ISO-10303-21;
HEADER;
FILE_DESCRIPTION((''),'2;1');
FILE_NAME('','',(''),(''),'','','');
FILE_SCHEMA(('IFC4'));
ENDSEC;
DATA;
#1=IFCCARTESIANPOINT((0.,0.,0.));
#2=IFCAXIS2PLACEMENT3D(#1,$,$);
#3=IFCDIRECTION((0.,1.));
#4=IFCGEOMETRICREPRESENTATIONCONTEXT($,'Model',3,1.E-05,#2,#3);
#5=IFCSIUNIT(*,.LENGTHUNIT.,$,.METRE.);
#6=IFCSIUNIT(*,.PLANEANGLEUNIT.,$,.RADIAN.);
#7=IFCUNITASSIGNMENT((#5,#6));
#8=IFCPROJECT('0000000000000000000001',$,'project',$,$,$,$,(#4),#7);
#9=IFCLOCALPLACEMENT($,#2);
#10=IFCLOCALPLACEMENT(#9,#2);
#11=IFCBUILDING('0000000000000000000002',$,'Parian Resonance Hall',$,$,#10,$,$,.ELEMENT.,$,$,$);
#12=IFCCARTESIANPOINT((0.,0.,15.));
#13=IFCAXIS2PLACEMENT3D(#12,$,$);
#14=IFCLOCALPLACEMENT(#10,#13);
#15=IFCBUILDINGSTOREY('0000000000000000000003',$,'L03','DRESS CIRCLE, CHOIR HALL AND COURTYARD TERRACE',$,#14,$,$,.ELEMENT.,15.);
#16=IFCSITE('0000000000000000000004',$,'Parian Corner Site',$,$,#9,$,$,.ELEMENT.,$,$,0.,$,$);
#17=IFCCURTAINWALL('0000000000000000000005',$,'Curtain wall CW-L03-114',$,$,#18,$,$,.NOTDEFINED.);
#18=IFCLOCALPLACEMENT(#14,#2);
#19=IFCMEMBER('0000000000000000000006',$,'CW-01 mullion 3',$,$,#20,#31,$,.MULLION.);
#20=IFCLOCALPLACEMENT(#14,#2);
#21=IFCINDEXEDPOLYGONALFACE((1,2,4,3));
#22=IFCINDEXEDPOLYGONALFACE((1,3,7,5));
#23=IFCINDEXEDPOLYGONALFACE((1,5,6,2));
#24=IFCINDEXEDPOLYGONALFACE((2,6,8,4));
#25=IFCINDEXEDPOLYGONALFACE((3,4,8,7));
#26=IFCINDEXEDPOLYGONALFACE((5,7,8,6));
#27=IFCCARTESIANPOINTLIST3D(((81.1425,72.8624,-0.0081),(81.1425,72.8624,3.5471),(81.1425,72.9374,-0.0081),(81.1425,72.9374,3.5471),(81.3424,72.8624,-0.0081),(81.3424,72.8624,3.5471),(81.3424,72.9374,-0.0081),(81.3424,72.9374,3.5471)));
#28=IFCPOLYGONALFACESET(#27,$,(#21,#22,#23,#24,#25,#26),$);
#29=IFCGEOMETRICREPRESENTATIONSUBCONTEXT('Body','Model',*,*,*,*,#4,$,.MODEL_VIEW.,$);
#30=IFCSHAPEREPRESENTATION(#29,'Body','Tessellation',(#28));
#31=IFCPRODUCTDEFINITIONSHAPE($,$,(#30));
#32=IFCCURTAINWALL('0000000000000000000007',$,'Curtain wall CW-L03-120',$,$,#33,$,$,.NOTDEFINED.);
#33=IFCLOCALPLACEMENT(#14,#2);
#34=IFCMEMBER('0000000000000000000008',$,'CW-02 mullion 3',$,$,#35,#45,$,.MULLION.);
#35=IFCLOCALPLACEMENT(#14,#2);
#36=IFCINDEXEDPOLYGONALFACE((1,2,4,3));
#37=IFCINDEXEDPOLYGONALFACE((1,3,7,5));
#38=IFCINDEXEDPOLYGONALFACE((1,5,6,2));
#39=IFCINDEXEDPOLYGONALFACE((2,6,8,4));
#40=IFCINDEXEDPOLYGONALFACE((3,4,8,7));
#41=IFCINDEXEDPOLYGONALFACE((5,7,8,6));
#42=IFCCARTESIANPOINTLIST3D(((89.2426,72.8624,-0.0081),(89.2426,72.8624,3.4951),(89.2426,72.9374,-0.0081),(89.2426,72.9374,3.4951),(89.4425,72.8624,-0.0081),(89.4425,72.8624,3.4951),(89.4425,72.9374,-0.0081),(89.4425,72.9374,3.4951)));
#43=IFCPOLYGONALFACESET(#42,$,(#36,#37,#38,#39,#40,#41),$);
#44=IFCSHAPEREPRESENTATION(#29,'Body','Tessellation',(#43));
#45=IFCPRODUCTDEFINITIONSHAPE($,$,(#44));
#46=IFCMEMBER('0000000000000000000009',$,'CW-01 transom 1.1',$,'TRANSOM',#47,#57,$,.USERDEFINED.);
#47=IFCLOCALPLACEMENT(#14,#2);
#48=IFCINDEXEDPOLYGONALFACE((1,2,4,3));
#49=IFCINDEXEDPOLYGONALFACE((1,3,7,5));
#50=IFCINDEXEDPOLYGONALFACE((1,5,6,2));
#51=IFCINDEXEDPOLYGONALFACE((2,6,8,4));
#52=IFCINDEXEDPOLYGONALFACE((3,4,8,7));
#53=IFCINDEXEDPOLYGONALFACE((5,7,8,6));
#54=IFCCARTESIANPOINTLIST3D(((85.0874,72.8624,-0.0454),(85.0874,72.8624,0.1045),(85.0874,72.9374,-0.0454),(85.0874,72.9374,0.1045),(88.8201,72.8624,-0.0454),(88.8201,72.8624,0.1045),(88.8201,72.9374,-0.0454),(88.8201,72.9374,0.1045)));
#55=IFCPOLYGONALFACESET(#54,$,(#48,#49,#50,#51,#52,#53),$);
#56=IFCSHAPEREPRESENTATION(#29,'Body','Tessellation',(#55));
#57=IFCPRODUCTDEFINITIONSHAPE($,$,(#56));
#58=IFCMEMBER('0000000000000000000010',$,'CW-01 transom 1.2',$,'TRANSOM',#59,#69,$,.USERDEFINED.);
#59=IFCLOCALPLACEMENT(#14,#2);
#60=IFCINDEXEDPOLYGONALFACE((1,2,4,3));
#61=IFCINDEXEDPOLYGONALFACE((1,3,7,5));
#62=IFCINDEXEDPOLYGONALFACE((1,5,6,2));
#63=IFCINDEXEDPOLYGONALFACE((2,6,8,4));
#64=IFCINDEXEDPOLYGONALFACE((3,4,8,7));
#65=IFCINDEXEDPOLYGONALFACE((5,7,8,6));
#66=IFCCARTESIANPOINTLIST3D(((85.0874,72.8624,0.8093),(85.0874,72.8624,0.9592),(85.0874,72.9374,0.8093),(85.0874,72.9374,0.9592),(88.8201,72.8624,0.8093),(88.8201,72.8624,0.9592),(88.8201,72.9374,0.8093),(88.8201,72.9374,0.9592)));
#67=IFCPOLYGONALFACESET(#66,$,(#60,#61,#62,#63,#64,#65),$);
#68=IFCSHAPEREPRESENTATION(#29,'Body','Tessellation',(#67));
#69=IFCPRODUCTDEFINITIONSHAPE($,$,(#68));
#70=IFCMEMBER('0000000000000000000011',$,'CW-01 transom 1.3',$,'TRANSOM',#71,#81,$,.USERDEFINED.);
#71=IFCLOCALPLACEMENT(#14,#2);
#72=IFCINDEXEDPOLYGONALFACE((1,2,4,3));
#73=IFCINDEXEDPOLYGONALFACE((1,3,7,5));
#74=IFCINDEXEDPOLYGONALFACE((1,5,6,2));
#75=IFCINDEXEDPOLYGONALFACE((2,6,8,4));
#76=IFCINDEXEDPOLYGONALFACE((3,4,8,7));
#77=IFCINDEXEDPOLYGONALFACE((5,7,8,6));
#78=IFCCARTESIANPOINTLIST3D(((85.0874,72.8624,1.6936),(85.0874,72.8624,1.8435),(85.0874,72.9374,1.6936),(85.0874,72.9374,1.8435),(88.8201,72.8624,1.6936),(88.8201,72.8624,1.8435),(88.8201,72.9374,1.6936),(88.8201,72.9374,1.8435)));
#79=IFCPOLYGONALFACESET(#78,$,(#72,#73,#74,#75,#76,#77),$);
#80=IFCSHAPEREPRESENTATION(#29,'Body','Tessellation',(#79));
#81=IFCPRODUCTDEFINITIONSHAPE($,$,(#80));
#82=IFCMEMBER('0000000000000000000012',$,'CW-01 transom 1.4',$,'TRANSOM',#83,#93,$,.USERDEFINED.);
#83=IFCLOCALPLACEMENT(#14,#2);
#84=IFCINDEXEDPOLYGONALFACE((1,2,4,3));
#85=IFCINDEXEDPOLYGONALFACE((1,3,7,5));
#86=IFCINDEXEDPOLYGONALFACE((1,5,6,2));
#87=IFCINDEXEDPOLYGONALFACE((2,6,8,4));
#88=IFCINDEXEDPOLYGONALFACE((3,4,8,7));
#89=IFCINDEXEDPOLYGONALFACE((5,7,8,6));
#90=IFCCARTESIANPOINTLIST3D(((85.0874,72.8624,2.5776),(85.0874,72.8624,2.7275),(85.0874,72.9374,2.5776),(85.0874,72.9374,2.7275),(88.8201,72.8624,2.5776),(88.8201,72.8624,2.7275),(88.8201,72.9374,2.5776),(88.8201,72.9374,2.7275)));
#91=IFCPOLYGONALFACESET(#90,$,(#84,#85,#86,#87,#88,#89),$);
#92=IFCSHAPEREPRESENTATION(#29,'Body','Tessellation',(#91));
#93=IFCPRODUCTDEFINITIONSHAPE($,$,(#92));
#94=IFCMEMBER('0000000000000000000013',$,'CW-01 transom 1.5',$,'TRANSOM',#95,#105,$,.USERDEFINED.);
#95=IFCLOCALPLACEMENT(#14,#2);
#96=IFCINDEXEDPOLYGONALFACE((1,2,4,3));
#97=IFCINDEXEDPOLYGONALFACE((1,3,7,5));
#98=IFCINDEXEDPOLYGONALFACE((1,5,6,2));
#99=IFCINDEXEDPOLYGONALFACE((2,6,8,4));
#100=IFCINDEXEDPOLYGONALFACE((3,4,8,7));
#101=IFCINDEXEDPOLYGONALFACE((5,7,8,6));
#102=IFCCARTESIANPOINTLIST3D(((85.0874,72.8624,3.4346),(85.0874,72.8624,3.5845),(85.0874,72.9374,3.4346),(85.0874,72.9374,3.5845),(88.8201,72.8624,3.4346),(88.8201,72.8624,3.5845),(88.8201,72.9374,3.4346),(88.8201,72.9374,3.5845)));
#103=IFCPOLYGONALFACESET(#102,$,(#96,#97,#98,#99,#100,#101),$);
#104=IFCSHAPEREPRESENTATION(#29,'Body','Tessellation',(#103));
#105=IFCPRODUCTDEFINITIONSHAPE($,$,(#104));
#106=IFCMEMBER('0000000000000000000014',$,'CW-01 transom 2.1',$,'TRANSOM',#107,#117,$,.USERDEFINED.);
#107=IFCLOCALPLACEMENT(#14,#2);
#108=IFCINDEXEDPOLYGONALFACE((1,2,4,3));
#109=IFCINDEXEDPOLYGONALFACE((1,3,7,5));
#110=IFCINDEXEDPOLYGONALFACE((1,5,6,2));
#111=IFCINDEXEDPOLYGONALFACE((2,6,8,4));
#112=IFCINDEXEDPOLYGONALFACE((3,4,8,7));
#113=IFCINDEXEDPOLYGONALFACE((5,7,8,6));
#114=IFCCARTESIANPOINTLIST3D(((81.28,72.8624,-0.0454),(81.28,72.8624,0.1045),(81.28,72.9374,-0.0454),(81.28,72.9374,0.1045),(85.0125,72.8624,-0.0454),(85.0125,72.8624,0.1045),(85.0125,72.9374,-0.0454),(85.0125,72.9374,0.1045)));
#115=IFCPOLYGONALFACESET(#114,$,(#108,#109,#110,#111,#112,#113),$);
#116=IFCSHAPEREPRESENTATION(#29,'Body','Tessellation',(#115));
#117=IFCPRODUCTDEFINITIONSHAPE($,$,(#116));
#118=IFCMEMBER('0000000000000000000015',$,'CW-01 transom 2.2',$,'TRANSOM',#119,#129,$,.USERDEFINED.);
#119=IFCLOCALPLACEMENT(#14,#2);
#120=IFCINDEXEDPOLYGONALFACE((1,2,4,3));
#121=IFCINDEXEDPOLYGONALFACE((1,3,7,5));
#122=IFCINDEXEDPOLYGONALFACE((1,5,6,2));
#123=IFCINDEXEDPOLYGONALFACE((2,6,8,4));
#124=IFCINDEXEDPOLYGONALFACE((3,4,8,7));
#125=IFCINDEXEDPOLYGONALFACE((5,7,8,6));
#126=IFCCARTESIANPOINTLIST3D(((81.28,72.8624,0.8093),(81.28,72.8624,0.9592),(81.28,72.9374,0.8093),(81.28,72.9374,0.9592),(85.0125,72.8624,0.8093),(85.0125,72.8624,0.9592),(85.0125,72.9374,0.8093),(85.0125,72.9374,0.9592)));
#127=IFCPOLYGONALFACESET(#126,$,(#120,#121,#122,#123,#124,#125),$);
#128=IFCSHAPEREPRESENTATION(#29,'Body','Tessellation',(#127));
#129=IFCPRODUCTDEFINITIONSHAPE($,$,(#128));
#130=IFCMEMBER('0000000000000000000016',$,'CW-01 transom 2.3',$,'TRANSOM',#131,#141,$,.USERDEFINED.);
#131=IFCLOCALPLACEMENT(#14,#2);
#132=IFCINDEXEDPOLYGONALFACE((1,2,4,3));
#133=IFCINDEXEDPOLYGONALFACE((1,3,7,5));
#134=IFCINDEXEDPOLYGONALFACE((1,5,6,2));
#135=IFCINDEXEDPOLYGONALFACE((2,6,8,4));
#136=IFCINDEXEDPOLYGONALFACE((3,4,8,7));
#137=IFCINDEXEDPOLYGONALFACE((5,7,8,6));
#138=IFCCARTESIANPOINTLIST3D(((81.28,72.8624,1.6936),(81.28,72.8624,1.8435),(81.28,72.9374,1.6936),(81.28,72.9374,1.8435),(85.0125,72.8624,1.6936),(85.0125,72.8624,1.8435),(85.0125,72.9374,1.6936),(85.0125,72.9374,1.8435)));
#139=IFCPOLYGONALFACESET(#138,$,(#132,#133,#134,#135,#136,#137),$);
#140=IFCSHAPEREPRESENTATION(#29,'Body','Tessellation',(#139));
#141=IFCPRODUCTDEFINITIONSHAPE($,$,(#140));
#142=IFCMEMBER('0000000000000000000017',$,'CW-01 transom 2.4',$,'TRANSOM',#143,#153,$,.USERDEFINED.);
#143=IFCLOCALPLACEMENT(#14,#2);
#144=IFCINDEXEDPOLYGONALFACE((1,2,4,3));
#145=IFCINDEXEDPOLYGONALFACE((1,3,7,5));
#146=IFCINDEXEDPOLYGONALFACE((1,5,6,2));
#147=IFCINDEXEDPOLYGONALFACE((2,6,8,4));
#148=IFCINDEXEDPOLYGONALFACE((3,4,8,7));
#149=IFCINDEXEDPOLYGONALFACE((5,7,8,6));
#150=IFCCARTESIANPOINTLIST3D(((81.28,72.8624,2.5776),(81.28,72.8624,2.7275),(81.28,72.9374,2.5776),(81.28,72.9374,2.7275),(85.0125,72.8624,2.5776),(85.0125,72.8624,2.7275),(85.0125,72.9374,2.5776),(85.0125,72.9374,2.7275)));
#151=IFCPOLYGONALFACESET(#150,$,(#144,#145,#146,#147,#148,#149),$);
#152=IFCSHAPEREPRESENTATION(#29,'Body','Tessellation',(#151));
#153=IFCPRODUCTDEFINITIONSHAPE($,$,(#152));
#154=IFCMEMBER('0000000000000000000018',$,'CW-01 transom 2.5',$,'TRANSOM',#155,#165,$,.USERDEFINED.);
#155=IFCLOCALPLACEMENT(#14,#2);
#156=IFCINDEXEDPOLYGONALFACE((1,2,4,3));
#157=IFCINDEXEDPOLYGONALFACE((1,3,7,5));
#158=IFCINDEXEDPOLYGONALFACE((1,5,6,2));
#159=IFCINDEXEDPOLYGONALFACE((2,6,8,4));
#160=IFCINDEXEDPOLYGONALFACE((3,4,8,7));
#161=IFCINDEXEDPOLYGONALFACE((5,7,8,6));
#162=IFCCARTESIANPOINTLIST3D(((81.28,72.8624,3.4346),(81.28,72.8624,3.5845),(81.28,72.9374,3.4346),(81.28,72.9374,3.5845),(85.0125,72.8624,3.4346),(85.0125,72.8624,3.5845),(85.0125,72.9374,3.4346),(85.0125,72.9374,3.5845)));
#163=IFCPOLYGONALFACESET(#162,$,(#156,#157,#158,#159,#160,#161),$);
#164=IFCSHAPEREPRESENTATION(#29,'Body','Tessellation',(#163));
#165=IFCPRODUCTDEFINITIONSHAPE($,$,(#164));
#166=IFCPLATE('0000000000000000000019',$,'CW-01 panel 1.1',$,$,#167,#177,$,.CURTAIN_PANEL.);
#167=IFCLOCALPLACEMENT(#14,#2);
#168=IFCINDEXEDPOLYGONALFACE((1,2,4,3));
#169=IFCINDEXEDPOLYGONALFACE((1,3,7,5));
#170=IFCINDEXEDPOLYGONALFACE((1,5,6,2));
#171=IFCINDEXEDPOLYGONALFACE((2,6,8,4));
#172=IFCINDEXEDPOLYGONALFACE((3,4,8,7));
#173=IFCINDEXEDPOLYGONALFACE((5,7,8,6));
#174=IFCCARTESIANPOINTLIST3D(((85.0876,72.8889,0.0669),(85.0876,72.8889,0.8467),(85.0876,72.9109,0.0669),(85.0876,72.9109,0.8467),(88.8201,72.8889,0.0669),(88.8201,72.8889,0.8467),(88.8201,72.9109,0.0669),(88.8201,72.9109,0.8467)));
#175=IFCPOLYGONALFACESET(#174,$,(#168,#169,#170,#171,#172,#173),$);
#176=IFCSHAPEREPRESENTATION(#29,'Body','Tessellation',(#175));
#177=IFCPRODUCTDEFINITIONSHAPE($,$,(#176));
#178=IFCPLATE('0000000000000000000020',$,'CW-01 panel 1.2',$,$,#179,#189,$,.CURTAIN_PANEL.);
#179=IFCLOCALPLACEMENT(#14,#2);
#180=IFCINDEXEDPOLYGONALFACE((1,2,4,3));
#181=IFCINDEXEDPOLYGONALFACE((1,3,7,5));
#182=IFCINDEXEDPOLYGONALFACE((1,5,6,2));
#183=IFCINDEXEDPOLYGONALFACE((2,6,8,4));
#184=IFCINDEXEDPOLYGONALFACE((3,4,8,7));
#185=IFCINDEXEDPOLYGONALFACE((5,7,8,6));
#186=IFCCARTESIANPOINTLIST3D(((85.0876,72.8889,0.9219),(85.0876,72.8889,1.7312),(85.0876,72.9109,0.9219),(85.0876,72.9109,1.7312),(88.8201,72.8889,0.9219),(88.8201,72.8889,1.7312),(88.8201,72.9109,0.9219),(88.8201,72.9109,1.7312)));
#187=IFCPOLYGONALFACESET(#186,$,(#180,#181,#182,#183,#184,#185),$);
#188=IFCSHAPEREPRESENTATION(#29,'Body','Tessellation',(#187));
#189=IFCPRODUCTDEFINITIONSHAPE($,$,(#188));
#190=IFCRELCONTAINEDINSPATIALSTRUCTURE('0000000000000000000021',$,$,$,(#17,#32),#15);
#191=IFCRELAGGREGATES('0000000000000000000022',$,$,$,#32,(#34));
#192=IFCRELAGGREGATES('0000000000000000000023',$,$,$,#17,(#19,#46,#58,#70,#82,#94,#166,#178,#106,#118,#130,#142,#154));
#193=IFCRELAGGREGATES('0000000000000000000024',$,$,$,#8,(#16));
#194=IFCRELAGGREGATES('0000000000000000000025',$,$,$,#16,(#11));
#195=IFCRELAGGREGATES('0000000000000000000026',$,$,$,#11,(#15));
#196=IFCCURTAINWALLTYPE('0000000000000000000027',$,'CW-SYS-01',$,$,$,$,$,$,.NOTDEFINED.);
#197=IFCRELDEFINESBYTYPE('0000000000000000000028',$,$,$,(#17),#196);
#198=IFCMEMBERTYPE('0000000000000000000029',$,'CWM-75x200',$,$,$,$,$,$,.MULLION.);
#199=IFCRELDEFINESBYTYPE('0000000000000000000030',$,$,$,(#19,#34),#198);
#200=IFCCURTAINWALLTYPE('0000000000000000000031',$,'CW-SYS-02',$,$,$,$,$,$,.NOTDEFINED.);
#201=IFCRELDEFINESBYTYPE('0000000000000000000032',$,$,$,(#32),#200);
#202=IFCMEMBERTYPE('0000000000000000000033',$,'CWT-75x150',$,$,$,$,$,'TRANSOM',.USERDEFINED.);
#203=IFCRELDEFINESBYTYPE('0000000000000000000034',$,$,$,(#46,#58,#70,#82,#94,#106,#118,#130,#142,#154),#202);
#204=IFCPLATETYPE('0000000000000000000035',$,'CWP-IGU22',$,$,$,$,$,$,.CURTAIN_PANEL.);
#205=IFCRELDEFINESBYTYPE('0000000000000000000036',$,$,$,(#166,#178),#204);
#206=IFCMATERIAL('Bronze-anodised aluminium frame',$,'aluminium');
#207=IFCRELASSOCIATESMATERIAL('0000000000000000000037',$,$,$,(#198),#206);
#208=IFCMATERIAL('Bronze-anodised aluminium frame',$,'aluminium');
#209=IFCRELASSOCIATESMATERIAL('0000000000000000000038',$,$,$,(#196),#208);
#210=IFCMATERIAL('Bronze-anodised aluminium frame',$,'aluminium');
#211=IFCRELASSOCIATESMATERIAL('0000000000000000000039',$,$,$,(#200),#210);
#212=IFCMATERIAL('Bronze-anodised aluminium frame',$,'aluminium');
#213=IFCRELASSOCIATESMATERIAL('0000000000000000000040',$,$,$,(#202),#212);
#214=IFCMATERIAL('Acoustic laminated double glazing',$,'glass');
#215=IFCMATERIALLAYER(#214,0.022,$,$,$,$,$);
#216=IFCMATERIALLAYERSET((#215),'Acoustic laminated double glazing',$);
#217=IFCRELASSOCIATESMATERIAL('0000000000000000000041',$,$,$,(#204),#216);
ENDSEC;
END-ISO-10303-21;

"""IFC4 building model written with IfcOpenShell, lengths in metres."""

from ifc_helpers import new_model, si_unit, direction, frame, origin, origin_2d, place, context, subcontext, project, spatial, rectangle, extrude, material, layer, layer_set, material_profile, profile_set, type_object, element, aggregate, save


model = new_model("IFC4")

# Units and contexts
model_context = context("Model", 3, precision=1e-05, world=origin(), true_north=direction((0.0, 1.0)))
body_context = subcontext(model_context, "Body", "Model", "MODEL_VIEW")
ifc_project = project(units=[si_unit("LENGTHUNIT", "METRE"), si_unit("PLANEANGLEUNIT", "RADIAN")], contexts=[model_context])

# Site, building, storey
site_placement = place(None, origin())
site = spatial("IfcSite", under=ifc_project, at=site_placement, Name="Parian Corner Site", CompositionType="ELEMENT", RefElevation=0.0)
building_placement = place(site_placement, origin())
building = spatial("IfcBuilding", under=site, at=building_placement, Name="Parian Resonance Hall", CompositionType="ELEMENT")
storey_placement = place(building_placement, frame((0.0, 0.0, 15.0)))
storey = spatial("IfcBuildingStorey", under=building, at=storey_placement, Name="L03", Description="DRESS CIRCLE, CHOIR HALL AND COURTYARD TERRACE", CompositionType="ELEMENT", Elevation=15.0)

# Shared definitions
ifc_material_1 = material(Name="Bronze-anodised aluminium frame", Category="aluminium")
ifc_material_profile_1 = material_profile(ifc_material_1, rectangle(XDim=0.075, YDim=0.2, at=origin_2d()), Name="CWM-75x200")
ifc_profile_set_1 = profile_set([ifc_material_profile_1], Name="Bronze-anodised aluminium frame")
member_type_1 = type_object("IfcMemberType", Name="CWM-75x200", PredefinedType="MULLION", material=ifc_profile_set_1)

# Curtain wall, member
ifc_material_2 = material(Name="Bronze-anodised aluminium frame", Category="aluminium")
curtain_wall_type_1 = type_object("IfcCurtainWallType", Name="CW-SYS-01", PredefinedType="NOTDEFINED", material=ifc_material_2)
curtain_wall_1_placement = place(storey_placement, origin())
curtain_wall_1 = element("IfcCurtainWall", 1, at=curtain_wall_1_placement, inside=storey, type_object=curtain_wall_type_1, Name="Curtain wall CW-L03-114", PredefinedType="NOTDEFINED")
member_1_placement = place(storey_placement, frame((81.2424, 72.8999, -0.0081), z_axis=(0.0, 0.0, 1.0), x_axis=(0.0, -1.0, 0.0)))
member_1 = element("IfcMember", 2, at=member_1_placement, type_object=member_type_1, Name="CW-01 mullion 3", PredefinedType="MULLION", context=body_context, shape_type="SweptSolid", body=[
    extrude(rectangle(XDim=0.075, YDim=0.2, at=origin_2d()), origin(), (0.0, 0.0, 1.0), 3.5552),
])

# Curtain wall, member
ifc_material_3 = material(Name="Bronze-anodised aluminium frame", Category="aluminium")
curtain_wall_type_2 = type_object("IfcCurtainWallType", Name="CW-SYS-02", PredefinedType="NOTDEFINED", material=ifc_material_3)
curtain_wall_2_placement = place(storey_placement, origin())
curtain_wall_2 = element("IfcCurtainWall", 3, at=curtain_wall_2_placement, inside=storey, type_object=curtain_wall_type_2, Name="Curtain wall CW-L03-120", PredefinedType="NOTDEFINED")
member_2_placement = place(storey_placement, frame((89.3425, 72.8999, -0.0081), z_axis=(0.0, 0.0, 1.0), x_axis=(0.0, -1.0, 0.0)))
member_2 = element("IfcMember", 4, at=member_2_placement, type_object=member_type_1, Name="CW-02 mullion 3", PredefinedType="MULLION", context=body_context, shape_type="SweptSolid", body=[
    extrude(rectangle(XDim=0.075, YDim=0.2, at=origin_2d()), origin(), (0.0, 0.0, 1.0), 3.5032),
])
aggregate(curtain_wall_2, [member_2])

# Members
ifc_material_4 = material(Name="Bronze-anodised aluminium frame", Category="aluminium")
ifc_material_profile_2 = material_profile(ifc_material_4, rectangle(XDim=0.075, YDim=0.1499, at=origin_2d()), Name="CWT-75x150")
ifc_profile_set_2 = profile_set([ifc_material_profile_2], Name="Bronze-anodised aluminium frame")
member_type_2 = type_object("IfcMemberType", Name="CWT-75x150", ElementType="TRANSOM", PredefinedType="USERDEFINED", material=ifc_profile_set_2)
member_3_placement = place(storey_placement, frame((88.8201, 72.8999, 0.0295), z_axis=(-1.0, 0.0, 0.0), x_axis=(0.0, -1.0, 0.0)))
member_3 = element("IfcMember", 5, at=member_3_placement, type_object=member_type_2, Name="CW-01 transom 1.1", ObjectType="TRANSOM", PredefinedType="USERDEFINED", context=body_context, shape_type="SweptSolid", body=[
    extrude(rectangle(XDim=0.075, YDim=0.1499, at=origin_2d()), origin(), (0.0, 0.0, 1.0), 3.7327),
])
member_4_placement = place(storey_placement, frame((88.8201, 72.8999, 0.8843), z_axis=(-1.0, 0.0, 0.0), x_axis=(0.0, -1.0, 0.0)))
member_4 = element("IfcMember", 6, at=member_4_placement, type_object=member_type_2, Name="CW-01 transom 1.2", ObjectType="TRANSOM", PredefinedType="USERDEFINED", context=body_context, shape_type="SweptSolid", body=[
    extrude(rectangle(XDim=0.075, YDim=0.1499, at=origin_2d()), origin(), (0.0, 0.0, 1.0), 3.7327),
])
member_5_placement = place(storey_placement, frame((88.8201, 72.8999, 1.7686), z_axis=(-1.0, 0.0, 0.0), x_axis=(0.0, -1.0, 0.0)))
member_5 = element("IfcMember", 7, at=member_5_placement, type_object=member_type_2, Name="CW-01 transom 1.3", ObjectType="TRANSOM", PredefinedType="USERDEFINED", context=body_context, shape_type="SweptSolid", body=[
    extrude(rectangle(XDim=0.075, YDim=0.1499, at=origin_2d()), origin(), (0.0, 0.0, 1.0), 3.7327),
])
member_6_placement = place(storey_placement, frame((88.8201, 72.8999, 2.6526), z_axis=(-1.0, 0.0, 0.0), x_axis=(0.0, -1.0, 0.0)))
member_6 = element("IfcMember", 8, at=member_6_placement, type_object=member_type_2, Name="CW-01 transom 1.4", ObjectType="TRANSOM", PredefinedType="USERDEFINED", context=body_context, shape_type="SweptSolid", body=[
    extrude(rectangle(XDim=0.075, YDim=0.1499, at=origin_2d()), origin(), (0.0, 0.0, 1.0), 3.7327),
])
member_7_placement = place(storey_placement, frame((88.8201, 72.8999, 3.5095), z_axis=(-1.0, 0.0, 0.0), x_axis=(0.0, -1.0, 0.0)))
member_7 = element("IfcMember", 9, at=member_7_placement, type_object=member_type_2, Name="CW-01 transom 1.5", ObjectType="TRANSOM", PredefinedType="USERDEFINED", context=body_context, shape_type="SweptSolid", body=[
    extrude(rectangle(XDim=0.075, YDim=0.1499, at=origin_2d()), origin(), (0.0, 0.0, 1.0), 3.7327),
])
member_8_placement = place(storey_placement, frame((85.0125, 72.8999, 0.0295), z_axis=(-1.0, 0.0, 0.0), x_axis=(0.0, -1.0, 0.0)))
member_8 = element("IfcMember", 10, at=member_8_placement, type_object=member_type_2, Name="CW-01 transom 2.1", ObjectType="TRANSOM", PredefinedType="USERDEFINED", context=body_context, shape_type="SweptSolid", body=[
    extrude(rectangle(XDim=0.075, YDim=0.1499, at=origin_2d()), origin(), (0.0, 0.0, 1.0), 3.7324),
])
member_9_placement = place(storey_placement, frame((85.0125, 72.8999, 0.8843), z_axis=(-1.0, 0.0, 0.0), x_axis=(0.0, -1.0, 0.0)))
member_9 = element("IfcMember", 11, at=member_9_placement, type_object=member_type_2, Name="CW-01 transom 2.2", ObjectType="TRANSOM", PredefinedType="USERDEFINED", context=body_context, shape_type="SweptSolid", body=[
    extrude(rectangle(XDim=0.075, YDim=0.1499, at=origin_2d()), origin(), (0.0, 0.0, 1.0), 3.7324),
])
member_10_placement = place(storey_placement, frame((85.0125, 72.8999, 1.7686), z_axis=(-1.0, 0.0, 0.0), x_axis=(0.0, -1.0, 0.0)))
member_10 = element("IfcMember", 12, at=member_10_placement, type_object=member_type_2, Name="CW-01 transom 2.3", ObjectType="TRANSOM", PredefinedType="USERDEFINED", context=body_context, shape_type="SweptSolid", body=[
    extrude(rectangle(XDim=0.075, YDim=0.1499, at=origin_2d()), origin(), (0.0, 0.0, 1.0), 3.7324),
])
member_11_placement = place(storey_placement, frame((85.0125, 72.8999, 2.6526), z_axis=(-1.0, 0.0, 0.0), x_axis=(0.0, -1.0, 0.0)))
member_11 = element("IfcMember", 13, at=member_11_placement, type_object=member_type_2, Name="CW-01 transom 2.4", ObjectType="TRANSOM", PredefinedType="USERDEFINED", context=body_context, shape_type="SweptSolid", body=[
    extrude(rectangle(XDim=0.075, YDim=0.1499, at=origin_2d()), origin(), (0.0, 0.0, 1.0), 3.7324),
])
member_12_placement = place(storey_placement, frame((85.0125, 72.8999, 3.5095), z_axis=(-1.0, 0.0, 0.0), x_axis=(0.0, -1.0, 0.0)))
member_12 = element("IfcMember", 14, at=member_12_placement, type_object=member_type_2, Name="CW-01 transom 2.5", ObjectType="TRANSOM", PredefinedType="USERDEFINED", context=body_context, shape_type="SweptSolid", body=[
    extrude(rectangle(XDim=0.075, YDim=0.1499, at=origin_2d()), origin(), (0.0, 0.0, 1.0), 3.7324),
])

# Plates
ifc_material_5 = material(Name="Acoustic laminated double glazing", Category="glass")
ifc_layer_1 = layer(ifc_material_5, 0.022)
ifc_layer_set_1 = layer_set([ifc_layer_1], Name="Acoustic laminated double glazing")
plate_type_1 = type_object("IfcPlateType", Name="CWP-IGU22", PredefinedType="CURTAIN_PANEL", material=ifc_layer_set_1)
plate_1_placement = place(storey_placement, frame((86.9539, 72.8999, 0.0669), z_axis=(0.0, 0.0, 1.0), x_axis=(-1.0, 0.0, 0.0)))
plate_1 = element("IfcPlate", 15, at=plate_1_placement, type_object=plate_type_1, Name="CW-01 panel 1.1", PredefinedType="CURTAIN_PANEL", context=body_context, shape_type="SweptSolid", body=[
    extrude(rectangle(XDim=3.7324, YDim=0.022, at=origin_2d()), origin(), (0.0, 0.0, 1.0), 0.7798),
])
plate_2_placement = place(storey_placement, frame((86.9539, 72.8999, 0.9219), z_axis=(0.0, 0.0, 1.0), x_axis=(-1.0, 0.0, 0.0)))
plate_2 = element("IfcPlate", 16, at=plate_2_placement, type_object=plate_type_1, Name="CW-01 panel 1.2", PredefinedType="CURTAIN_PANEL", context=body_context, shape_type="SweptSolid", body=[
    extrude(rectangle(XDim=3.7324, YDim=0.022, at=origin_2d()), origin(), (0.0, 0.0, 1.0), 0.8093),
])
aggregate(curtain_wall_1, [member_1, member_3, member_4, member_5, member_6, member_7, plate_1, plate_2, member_8, member_9, member_10, member_11, member_12])

save(model, "model.ifc")
